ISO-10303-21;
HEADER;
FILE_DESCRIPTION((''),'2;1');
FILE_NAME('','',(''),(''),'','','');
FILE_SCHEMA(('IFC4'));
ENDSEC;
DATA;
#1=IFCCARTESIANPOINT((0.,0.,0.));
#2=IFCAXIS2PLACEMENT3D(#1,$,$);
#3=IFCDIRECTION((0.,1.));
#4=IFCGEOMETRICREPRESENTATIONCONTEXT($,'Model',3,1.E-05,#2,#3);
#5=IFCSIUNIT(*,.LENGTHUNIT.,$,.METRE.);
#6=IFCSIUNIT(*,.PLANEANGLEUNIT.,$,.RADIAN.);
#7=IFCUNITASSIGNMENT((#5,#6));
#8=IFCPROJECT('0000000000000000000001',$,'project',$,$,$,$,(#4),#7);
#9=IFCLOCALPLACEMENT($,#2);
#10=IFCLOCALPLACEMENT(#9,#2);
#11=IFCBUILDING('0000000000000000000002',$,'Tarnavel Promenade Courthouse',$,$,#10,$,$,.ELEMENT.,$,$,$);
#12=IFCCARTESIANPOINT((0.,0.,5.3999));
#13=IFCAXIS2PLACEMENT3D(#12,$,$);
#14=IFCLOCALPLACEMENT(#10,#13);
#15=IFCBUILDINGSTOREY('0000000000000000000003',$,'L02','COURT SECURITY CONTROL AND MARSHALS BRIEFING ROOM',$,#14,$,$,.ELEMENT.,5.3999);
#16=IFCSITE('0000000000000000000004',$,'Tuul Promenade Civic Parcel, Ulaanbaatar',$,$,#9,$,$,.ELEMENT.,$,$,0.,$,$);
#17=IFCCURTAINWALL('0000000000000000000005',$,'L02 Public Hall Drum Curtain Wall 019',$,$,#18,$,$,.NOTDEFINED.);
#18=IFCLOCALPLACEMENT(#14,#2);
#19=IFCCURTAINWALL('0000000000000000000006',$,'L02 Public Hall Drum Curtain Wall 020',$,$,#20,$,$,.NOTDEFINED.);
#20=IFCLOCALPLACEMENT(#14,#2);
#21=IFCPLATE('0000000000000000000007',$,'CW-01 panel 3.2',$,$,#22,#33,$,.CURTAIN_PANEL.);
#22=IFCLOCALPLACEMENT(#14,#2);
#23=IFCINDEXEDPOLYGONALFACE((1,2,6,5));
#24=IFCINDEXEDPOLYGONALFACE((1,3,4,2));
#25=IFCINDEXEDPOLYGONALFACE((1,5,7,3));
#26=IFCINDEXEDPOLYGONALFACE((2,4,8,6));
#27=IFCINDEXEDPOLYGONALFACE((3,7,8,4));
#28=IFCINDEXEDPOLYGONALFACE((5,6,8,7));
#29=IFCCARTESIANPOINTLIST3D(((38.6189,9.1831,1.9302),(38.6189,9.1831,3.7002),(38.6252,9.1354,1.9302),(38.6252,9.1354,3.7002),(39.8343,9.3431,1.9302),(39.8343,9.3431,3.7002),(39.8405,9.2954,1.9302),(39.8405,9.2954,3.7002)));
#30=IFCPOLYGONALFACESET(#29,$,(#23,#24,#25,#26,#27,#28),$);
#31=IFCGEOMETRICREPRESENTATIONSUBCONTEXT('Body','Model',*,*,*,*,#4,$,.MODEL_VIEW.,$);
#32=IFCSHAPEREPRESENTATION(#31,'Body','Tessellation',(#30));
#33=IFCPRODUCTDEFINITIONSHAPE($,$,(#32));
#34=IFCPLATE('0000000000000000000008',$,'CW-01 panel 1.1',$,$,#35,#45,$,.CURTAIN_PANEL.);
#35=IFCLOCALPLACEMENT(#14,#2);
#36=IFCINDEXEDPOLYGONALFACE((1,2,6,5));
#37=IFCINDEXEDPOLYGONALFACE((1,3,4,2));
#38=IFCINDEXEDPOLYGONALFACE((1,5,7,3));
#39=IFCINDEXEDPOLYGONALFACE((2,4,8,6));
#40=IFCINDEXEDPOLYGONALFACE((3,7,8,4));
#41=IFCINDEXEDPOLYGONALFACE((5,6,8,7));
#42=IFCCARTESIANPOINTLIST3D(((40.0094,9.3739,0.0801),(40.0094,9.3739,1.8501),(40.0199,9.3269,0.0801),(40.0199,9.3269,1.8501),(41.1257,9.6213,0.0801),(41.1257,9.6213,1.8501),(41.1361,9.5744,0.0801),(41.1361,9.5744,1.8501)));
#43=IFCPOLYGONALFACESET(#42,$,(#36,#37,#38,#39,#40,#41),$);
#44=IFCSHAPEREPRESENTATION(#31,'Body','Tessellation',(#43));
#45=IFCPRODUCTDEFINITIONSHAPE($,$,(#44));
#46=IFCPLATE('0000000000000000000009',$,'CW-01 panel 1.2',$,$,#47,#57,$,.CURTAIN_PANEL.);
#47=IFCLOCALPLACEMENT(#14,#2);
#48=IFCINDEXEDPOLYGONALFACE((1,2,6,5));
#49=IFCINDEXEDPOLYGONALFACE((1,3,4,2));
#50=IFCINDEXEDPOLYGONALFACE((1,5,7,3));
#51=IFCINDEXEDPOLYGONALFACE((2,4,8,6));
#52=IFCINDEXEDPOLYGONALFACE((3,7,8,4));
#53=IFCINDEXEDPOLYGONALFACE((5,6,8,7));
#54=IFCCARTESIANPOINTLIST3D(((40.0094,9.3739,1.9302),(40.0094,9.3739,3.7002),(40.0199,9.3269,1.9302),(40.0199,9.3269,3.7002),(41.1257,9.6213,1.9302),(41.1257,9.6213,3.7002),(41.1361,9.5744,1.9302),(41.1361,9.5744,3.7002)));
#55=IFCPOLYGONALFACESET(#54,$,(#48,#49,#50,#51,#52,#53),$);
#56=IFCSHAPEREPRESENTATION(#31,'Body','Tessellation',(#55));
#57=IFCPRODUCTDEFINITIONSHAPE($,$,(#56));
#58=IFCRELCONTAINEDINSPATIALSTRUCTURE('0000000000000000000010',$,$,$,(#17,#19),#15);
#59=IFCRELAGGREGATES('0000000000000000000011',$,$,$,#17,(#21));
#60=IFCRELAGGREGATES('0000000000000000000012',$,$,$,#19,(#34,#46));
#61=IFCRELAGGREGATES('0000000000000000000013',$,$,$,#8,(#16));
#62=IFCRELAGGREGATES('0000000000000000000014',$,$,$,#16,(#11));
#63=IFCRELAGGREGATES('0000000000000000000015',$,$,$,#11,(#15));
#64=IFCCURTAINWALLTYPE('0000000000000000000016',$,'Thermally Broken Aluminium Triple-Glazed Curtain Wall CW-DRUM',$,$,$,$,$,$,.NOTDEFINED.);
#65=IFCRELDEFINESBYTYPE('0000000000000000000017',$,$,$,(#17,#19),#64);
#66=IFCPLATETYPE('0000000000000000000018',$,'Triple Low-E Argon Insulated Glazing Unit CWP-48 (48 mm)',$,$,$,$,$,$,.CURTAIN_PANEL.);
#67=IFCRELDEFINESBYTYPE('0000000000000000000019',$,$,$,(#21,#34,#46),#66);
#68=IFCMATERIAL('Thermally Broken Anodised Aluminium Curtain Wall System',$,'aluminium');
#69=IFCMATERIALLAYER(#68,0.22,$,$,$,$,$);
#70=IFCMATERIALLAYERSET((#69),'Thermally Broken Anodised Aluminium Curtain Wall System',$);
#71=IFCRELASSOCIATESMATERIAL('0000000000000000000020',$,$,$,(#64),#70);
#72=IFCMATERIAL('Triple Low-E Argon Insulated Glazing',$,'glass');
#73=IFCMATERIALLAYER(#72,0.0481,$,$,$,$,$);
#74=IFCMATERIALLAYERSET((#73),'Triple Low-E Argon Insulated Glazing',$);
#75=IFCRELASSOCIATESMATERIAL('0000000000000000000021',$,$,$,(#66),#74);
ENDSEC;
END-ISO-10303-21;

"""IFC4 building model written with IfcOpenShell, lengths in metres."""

from ifc_helpers import new_model, si_unit, direction, frame, origin, origin_2d, place, context, subcontext, project, spatial, rectangle, extrude, material, layer, layer_set, type_object, element, aggregate, save


model = new_model("IFC4")

# Units and contexts
model_context = context("Model", 3, precision=1e-05, world=origin(), true_north=direction((0.0, 1.0)))
body_context = subcontext(model_context, "Body", "Model", "MODEL_VIEW")
ifc_project = project(units=[si_unit("LENGTHUNIT", "METRE"), si_unit("PLANEANGLEUNIT", "RADIAN")], contexts=[model_context])

# Site, building, storey
site_placement = place(None, origin())
site = spatial("IfcSite", under=ifc_project, at=site_placement, Name="Tuul Promenade Civic Parcel, Ulaanbaatar", CompositionType="ELEMENT", RefElevation=0.0)
building_placement = place(site_placement, origin())
building = spatial("IfcBuilding", under=site, at=building_placement, Name="Tarnavel Promenade Courthouse", CompositionType="ELEMENT")
storey_placement = place(building_placement, frame((0.0, 0.0, 5.3999)))
storey = spatial("IfcBuildingStorey", under=building, at=storey_placement, Name="L02", Description="COURT SECURITY CONTROL AND MARSHALS BRIEFING ROOM", CompositionType="ELEMENT", Elevation=5.3999)

# Curtain walls
ifc_material_1 = material(Name="Thermally Broken Anodised Aluminium Curtain Wall System", Category="aluminium")
ifc_layer_1 = layer(ifc_material_1, 0.22)
ifc_layer_set_1 = layer_set([ifc_layer_1], Name="Thermally Broken Anodised Aluminium Curtain Wall System")
curtain_wall_type = type_object("IfcCurtainWallType", Name="Thermally Broken Aluminium Triple-Glazed Curtain Wall CW-DRUM", PredefinedType="NOTDEFINED", material=ifc_layer_set_1)
curtain_wall_1_placement = place(storey_placement, origin())
curtain_wall_1 = element("IfcCurtainWall", 1, at=curtain_wall_1_placement, inside=storey, type_object=curtain_wall_type, Name="L02 Public Hall Drum Curtain Wall 019", PredefinedType="NOTDEFINED")
curtain_wall_2_placement = place(storey_placement, origin())
curtain_wall_2 = element("IfcCurtainWall", 2, at=curtain_wall_2_placement, inside=storey, type_object=curtain_wall_type, Name="L02 Public Hall Drum Curtain Wall 020", PredefinedType="NOTDEFINED")

# Plates
ifc_material_2 = material(Name="Triple Low-E Argon Insulated Glazing", Category="glass")
ifc_layer_2 = layer(ifc_material_2, 0.0481)
ifc_layer_set_2 = layer_set([ifc_layer_2], Name="Triple Low-E Argon Insulated Glazing")
plate_type = type_object("IfcPlateType", Name="Triple Low-E Argon Insulated Glazing Unit CWP-48 (48 mm)", PredefinedType="CURTAIN_PANEL", material=ifc_layer_set_2)
plate_1_placement = place(storey_placement, frame((39.2297, 9.2393, 1.9302), z_axis=(0.0, 0.0, 1.0), x_axis=(0.991445, 0.130526, 0.0)))
plate_1 = element("IfcPlate", 3, at=plate_1_placement, type_object=plate_type, Name="CW-01 panel 3.2", PredefinedType="CURTAIN_PANEL", context=body_context, shape_type="SweptSolid", body=[
    extrude(rectangle(XDim=1.2258, YDim=0.0481, at=origin_2d()), origin(), (0.0, 0.0, 1.0), 1.77),
])
aggregate(curtain_wall_1, [plate_1])
plate_2_placement = place(storey_placement, frame((40.5728, 9.4741, 0.0801), z_axis=(0.0, 0.0, 1.0), x_axis=(0.976296, 0.216439, 0.0)))
plate_2 = element("IfcPlate", 4, at=plate_2_placement, type_object=plate_type, Name="CW-01 panel 1.1", PredefinedType="CURTAIN_PANEL", context=body_context, shape_type="SweptSolid", body=[
    extrude(rectangle(XDim=1.1433, YDim=0.0481, at=origin_2d()), origin(), (0.0, 0.0, 1.0), 1.77),
])
plate_3_placement = place(storey_placement, frame((40.5728, 9.4741, 1.9302), z_axis=(0.0, 0.0, 1.0), x_axis=(0.976296, 0.216439, 0.0)))
plate_3 = element("IfcPlate", 5, at=plate_3_placement, type_object=plate_type, Name="CW-01 panel 1.2", PredefinedType="CURTAIN_PANEL", context=body_context, shape_type="SweptSolid", body=[
    extrude(rectangle(XDim=1.1433, YDim=0.0481, at=origin_2d()), origin(), (0.0, 0.0, 1.0), 1.77),
])
aggregate(curtain_wall_2, [plate_2, plate_3])

save(model, "model.ifc")
